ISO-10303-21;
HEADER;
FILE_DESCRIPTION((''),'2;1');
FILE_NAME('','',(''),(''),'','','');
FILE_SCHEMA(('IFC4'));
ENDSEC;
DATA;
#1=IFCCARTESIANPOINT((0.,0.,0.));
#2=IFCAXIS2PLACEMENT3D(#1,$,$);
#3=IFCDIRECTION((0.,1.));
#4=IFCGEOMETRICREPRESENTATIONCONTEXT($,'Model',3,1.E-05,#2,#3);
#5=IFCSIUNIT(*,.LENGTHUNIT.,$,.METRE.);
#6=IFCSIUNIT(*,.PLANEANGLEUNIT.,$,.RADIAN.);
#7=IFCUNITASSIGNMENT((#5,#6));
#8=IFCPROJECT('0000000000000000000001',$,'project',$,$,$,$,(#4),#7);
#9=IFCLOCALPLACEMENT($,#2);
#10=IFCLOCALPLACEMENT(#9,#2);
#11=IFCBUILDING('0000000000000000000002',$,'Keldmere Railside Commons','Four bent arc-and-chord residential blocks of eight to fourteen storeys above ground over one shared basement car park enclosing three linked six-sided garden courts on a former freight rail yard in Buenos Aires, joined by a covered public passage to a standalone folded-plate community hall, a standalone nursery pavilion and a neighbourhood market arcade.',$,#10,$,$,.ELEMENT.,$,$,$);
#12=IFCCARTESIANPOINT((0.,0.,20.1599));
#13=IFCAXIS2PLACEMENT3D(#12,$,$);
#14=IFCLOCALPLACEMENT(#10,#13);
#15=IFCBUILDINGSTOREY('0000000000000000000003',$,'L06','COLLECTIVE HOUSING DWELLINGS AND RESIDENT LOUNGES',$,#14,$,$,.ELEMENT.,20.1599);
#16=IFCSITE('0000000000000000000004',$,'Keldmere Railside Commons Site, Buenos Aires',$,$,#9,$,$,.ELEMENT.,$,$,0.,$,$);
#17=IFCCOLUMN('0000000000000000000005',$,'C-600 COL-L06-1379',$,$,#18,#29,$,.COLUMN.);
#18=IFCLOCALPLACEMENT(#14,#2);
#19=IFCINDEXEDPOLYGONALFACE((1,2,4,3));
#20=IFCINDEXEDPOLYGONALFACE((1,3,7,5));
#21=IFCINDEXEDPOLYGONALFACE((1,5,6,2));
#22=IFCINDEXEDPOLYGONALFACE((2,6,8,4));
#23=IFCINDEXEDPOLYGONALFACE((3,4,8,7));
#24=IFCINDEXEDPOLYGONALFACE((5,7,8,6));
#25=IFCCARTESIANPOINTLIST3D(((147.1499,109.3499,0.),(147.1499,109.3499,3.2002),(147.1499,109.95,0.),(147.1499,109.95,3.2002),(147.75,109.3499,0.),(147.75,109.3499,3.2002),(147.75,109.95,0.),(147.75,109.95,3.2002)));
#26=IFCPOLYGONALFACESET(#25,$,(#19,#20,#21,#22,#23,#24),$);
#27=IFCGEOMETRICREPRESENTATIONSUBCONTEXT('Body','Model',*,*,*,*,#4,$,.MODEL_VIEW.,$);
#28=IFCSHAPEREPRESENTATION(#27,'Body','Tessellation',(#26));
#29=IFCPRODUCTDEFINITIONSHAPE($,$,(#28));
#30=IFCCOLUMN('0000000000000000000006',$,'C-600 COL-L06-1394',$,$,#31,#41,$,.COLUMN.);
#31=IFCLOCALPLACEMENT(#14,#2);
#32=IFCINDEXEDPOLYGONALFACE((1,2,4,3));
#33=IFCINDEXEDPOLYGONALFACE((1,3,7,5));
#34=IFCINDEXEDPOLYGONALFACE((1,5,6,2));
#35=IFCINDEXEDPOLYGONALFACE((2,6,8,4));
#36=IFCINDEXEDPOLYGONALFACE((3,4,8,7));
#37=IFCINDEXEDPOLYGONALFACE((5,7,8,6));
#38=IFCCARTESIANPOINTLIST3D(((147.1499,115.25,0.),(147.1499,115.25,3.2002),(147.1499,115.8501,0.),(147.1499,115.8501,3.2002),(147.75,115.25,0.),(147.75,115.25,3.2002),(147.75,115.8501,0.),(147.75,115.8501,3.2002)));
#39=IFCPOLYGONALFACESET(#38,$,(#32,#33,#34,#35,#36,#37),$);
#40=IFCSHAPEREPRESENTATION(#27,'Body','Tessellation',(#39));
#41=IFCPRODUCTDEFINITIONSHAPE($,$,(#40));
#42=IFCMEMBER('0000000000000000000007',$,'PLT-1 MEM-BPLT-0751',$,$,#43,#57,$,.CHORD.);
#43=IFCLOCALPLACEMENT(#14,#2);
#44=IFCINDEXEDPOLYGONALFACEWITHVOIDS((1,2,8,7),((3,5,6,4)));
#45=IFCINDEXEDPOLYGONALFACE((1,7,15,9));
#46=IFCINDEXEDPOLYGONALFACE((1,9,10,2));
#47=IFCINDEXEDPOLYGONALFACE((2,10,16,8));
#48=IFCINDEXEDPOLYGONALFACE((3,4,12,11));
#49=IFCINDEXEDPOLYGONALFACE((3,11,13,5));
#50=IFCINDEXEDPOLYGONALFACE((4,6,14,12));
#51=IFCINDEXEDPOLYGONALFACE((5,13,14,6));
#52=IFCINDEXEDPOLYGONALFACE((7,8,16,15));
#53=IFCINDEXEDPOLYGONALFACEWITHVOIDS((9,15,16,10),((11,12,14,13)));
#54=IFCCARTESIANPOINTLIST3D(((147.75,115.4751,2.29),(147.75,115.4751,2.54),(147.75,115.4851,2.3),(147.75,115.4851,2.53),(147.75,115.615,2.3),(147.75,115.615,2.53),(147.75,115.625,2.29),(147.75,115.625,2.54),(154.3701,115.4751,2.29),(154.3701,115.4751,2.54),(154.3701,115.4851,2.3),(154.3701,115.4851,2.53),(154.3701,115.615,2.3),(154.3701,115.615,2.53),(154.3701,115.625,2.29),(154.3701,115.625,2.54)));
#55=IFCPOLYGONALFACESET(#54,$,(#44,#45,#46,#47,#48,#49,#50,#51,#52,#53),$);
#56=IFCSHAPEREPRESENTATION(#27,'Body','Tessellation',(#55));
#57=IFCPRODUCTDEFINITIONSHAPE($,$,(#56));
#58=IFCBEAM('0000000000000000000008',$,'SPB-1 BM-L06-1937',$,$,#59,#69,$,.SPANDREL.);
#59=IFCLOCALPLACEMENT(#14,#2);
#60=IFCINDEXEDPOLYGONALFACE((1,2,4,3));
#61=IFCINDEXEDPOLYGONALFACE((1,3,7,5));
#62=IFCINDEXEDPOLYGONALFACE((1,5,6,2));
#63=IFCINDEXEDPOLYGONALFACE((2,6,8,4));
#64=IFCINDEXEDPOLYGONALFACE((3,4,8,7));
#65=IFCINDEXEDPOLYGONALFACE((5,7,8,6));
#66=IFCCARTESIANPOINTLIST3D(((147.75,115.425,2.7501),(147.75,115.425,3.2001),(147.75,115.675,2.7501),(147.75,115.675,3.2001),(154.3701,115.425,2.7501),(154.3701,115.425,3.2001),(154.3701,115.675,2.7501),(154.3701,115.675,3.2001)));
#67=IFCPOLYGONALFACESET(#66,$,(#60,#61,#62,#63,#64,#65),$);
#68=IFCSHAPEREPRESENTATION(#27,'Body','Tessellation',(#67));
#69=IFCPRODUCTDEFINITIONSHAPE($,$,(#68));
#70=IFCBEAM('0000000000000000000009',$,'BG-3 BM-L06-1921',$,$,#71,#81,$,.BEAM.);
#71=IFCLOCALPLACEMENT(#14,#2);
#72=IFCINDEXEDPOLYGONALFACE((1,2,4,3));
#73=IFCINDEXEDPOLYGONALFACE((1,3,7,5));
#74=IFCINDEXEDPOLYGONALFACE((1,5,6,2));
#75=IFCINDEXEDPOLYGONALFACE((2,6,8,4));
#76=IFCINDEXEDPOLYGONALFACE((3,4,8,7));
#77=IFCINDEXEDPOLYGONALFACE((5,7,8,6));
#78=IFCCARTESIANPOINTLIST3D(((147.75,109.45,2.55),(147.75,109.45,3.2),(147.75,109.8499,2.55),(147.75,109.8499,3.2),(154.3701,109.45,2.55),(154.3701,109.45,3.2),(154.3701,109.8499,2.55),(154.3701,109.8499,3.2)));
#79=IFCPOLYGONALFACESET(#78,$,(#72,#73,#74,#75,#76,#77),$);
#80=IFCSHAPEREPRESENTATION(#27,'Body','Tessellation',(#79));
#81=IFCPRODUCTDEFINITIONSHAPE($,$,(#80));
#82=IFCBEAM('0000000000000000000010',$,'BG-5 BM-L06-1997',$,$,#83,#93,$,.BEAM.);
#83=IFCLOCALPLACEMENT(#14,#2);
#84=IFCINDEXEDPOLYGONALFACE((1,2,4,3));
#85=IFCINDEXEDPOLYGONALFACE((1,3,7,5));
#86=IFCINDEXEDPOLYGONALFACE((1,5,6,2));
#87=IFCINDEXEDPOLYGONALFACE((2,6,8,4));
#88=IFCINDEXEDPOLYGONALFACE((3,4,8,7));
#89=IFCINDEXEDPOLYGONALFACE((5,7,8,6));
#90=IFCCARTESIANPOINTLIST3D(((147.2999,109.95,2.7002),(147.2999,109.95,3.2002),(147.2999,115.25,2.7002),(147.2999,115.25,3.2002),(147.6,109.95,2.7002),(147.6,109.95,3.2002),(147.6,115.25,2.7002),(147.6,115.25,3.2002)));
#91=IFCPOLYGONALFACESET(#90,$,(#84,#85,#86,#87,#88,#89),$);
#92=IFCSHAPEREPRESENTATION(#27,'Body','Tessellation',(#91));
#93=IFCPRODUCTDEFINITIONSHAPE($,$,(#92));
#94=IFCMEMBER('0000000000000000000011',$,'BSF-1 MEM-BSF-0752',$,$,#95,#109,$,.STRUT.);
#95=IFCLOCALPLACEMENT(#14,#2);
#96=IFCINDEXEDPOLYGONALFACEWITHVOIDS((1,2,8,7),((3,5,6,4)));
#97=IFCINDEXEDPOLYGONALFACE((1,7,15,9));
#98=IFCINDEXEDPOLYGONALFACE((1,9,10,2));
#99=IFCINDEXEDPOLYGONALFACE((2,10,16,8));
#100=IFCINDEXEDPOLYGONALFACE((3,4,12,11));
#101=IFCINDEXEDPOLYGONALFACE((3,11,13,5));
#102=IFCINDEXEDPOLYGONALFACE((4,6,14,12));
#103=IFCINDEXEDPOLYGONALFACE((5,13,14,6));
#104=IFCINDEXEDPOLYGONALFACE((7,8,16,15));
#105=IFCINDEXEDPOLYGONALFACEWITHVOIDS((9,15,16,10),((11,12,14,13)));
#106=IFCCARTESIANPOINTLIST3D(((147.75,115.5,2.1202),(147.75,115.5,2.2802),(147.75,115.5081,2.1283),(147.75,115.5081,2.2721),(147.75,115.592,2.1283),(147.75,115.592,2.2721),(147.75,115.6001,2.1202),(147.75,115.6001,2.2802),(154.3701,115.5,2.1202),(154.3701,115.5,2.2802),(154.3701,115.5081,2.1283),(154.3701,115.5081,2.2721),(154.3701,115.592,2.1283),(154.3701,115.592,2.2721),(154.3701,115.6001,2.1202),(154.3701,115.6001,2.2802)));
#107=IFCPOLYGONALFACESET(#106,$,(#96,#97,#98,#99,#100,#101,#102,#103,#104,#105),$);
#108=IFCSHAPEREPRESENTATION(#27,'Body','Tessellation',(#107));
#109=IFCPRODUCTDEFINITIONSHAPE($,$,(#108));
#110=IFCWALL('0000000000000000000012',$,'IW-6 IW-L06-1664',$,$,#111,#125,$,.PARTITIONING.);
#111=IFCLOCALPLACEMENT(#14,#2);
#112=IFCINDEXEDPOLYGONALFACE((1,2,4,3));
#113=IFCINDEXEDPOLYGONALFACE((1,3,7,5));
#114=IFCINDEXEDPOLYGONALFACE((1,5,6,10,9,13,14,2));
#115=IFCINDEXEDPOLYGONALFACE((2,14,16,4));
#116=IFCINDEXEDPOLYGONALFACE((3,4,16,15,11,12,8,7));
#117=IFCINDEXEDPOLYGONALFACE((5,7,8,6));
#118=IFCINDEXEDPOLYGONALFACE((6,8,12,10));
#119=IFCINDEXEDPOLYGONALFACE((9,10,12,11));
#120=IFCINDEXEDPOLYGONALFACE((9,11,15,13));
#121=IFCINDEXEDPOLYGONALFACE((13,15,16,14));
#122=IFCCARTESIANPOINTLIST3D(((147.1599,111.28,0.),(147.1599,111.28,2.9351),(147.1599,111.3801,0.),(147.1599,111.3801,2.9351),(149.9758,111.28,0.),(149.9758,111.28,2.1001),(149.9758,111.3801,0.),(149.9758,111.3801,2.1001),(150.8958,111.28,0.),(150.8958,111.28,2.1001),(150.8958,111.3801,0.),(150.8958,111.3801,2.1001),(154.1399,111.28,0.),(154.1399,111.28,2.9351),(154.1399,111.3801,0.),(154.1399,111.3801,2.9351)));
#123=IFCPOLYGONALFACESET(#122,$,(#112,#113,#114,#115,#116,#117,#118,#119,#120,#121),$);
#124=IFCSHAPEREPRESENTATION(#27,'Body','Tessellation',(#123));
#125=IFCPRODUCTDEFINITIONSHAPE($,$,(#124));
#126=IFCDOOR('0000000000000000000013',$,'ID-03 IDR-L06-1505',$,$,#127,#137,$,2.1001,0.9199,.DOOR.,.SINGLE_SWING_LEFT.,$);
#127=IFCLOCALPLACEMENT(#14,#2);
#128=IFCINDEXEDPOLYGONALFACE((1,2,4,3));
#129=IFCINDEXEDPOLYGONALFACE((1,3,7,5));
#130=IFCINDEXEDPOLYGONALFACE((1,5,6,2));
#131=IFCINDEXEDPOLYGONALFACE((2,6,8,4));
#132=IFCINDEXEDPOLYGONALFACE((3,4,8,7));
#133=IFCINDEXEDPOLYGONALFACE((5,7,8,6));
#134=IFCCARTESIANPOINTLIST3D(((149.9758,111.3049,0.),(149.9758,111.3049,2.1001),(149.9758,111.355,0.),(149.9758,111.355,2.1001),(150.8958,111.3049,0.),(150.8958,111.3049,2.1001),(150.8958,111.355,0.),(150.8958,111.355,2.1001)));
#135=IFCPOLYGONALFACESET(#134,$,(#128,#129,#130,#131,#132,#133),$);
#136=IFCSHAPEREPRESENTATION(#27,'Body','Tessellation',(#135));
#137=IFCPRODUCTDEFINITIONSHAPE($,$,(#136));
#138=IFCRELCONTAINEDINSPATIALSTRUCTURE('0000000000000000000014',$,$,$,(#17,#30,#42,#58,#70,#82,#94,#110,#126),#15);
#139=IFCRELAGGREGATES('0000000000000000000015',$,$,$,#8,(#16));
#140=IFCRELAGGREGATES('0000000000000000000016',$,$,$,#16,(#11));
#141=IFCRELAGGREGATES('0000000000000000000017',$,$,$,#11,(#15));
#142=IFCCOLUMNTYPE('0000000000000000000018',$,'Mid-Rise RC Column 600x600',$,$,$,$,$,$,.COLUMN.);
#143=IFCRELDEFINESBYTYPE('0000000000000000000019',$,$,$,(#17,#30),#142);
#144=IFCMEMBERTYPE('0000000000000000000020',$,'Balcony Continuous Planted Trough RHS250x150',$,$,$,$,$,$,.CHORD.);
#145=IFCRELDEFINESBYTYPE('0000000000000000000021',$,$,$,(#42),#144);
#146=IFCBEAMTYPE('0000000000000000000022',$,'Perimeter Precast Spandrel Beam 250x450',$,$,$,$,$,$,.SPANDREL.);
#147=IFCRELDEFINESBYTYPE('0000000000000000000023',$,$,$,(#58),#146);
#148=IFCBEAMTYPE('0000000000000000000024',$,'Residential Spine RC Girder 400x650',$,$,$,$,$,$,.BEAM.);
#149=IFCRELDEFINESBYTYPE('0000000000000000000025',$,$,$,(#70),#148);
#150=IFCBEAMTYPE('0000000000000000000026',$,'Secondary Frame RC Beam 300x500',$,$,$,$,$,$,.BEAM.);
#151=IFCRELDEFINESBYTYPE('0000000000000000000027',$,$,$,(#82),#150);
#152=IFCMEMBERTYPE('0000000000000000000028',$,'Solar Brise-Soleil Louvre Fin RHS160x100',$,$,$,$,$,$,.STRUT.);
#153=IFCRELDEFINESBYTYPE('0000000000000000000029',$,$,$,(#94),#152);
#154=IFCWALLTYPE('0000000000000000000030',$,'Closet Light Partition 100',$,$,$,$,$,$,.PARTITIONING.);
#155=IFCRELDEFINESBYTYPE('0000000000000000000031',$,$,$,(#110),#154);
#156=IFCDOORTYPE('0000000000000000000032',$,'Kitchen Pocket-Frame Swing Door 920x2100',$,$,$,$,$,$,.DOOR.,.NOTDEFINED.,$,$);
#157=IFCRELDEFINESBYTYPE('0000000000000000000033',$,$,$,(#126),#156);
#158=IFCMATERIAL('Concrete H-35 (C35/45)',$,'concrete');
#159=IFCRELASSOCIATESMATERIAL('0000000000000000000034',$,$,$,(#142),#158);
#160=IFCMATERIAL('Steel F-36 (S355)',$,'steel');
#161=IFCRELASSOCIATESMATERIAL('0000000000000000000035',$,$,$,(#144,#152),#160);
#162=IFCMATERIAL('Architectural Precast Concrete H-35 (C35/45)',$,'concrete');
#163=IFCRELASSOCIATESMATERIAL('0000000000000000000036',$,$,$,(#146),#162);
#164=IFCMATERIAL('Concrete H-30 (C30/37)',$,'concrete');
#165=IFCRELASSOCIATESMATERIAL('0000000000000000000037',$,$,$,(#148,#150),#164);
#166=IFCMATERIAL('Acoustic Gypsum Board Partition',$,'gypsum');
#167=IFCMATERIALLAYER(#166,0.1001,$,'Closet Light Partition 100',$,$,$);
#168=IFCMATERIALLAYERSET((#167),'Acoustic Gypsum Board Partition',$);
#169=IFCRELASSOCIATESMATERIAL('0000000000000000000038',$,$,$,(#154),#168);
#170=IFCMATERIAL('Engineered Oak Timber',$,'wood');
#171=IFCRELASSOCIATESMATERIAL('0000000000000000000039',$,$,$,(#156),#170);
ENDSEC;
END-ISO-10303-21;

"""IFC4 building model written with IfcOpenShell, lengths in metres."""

from ifc_helpers import new_model, si_unit, direction, frame, frame_2d, origin, origin_2d, place, context, subcontext, project, spatial, rectangle, hollow_rectangle, extrude, material, layer, layer_set, material_profile, profile_set, type_object, element, fill, save


model = new_model("IFC4")

# Units and contexts
model_context = context("Model", 3, precision=1e-05, world=origin(), true_north=direction((0.0, 1.0)))
body_context = subcontext(model_context, "Body", "Model", "MODEL_VIEW")
ifc_project = project(units=[si_unit("LENGTHUNIT", "METRE"), si_unit("PLANEANGLEUNIT", "RADIAN")], contexts=[model_context])

# Site, building, storey
site_placement = place(None, origin())
site = spatial("IfcSite", under=ifc_project, at=site_placement, Name="Keldmere Railside Commons Site, Buenos Aires", CompositionType="ELEMENT", RefElevation=0.0)
building_placement = place(site_placement, origin())
building = spatial("IfcBuilding", under=site, at=building_placement, Name="Keldmere Railside Commons", Description="Four bent arc-and-chord residential blocks of eight to fourteen storeys above ground over one shared basement car park enclosing three linked six-sided garden courts on a former freight rail yard in Buenos Aires, joined by a covered public passage to a standalone folded-plate community hall, a standalone nursery pavilion and a neighbourhood market arcade.", CompositionType="ELEMENT")
storey_placement = place(building_placement, frame((0.0, 0.0, 20.1599)))
storey = spatial("IfcBuildingStorey", under=building, at=storey_placement, Name="L06", Description="COLLECTIVE HOUSING DWELLINGS AND RESIDENT LOUNGES", CompositionType="ELEMENT", Elevation=20.1599)

# Columns
ifc_material_1 = material(Name="Concrete H-35 (C35/45)", Category="concrete")
ifc_material_profile_1 = material_profile(ifc_material_1, rectangle(XDim=0.6001, YDim=0.6001, at=origin_2d()), Name="RC-600x600")
ifc_profile_set_1 = profile_set([ifc_material_profile_1], Name="Concrete H-35 (C35/45)")
column_type = type_object("IfcColumnType", Name="Mid-Rise RC Column 600x600", PredefinedType="COLUMN", material=ifc_profile_set_1)
for number, where, z_axis, x_axis, name in (
    (1, (147.45, 109.6499, 0.0), (0.0, 0.0, 1.0), (1.0, 0.0, 0.0), "C-600 COL-L06-1379"),
    (2, (147.45, 115.55, 0.0), (0.0, 0.0, 1.0), (1.0, 0.0, 0.0), "C-600 COL-L06-1394"),
):
    element("IfcColumn", number, at=place(storey_placement, frame(where, z_axis=z_axis, x_axis=x_axis)), inside=storey, type_object=column_type, Name=name, PredefinedType="COLUMN", context=body_context, shape_type="SweptSolid", body=[
        extrude(rectangle(XDim=0.6001, YDim=0.6001, at=origin_2d()), origin(), (0.0, 0.0, 1.0), 3.2002),
    ])

# Member
ifc_material_2 = material(Name="Steel F-36 (S355)", Category="steel")
ifc_material_profile_2 = material_profile(ifc_material_2, hollow_rectangle(XDim=0.1499, YDim=0.25, WallThickness=0.01, at=origin_2d()), Name="RHS-250x150x10")
ifc_profile_set_2 = profile_set([ifc_material_profile_2], Name="Steel F-36 (S355)")
member_type_1 = type_object("IfcMemberType", Name="Balcony Continuous Planted Trough RHS250x150", PredefinedType="CHORD", material=ifc_profile_set_2)
member_1_placement = place(storey_placement, frame((147.75, 115.55, 2.415), z_axis=(1.0, 0.0, 0.0), x_axis=(0.0, 1.0, 0.0)))
element("IfcMember", 3, at=member_1_placement, inside=storey, type_object=member_type_1, Name="PLT-1 MEM-BPLT-0751", PredefinedType="CHORD", context=body_context, shape_type="SweptSolid", body=[
    extrude(hollow_rectangle(XDim=0.1499, YDim=0.25, WallThickness=0.01, at=origin_2d()), origin(), (0.0, 0.0, 1.0), 6.6201),
])

# Beams
ifc_material_3 = material(Name="Architectural Precast Concrete H-35 (C35/45)", Category="concrete")
ifc_material_profile_3 = material_profile(ifc_material_3, rectangle(XDim=0.25, YDim=0.45, at=origin_2d()), Name="RC-250x450")
ifc_profile_set_3 = profile_set([ifc_material_profile_3], Name="Architectural Precast Concrete H-35 (C35/45)")
beam_type_1 = type_object("IfcBeamType", Name="Perimeter Precast Spandrel Beam 250x450", PredefinedType="SPANDREL", material=ifc_profile_set_3)
beam_1_placement = place(storey_placement, frame((147.75, 115.55, 2.9751), z_axis=(1.0, 0.0, 0.0), x_axis=(0.0, 1.0, 0.0)))
element("IfcBeam", 4, at=beam_1_placement, inside=storey, type_object=beam_type_1, Name="SPB-1 BM-L06-1937", PredefinedType="SPANDREL", context=body_context, shape_type="SweptSolid", body=[
    extrude(rectangle(XDim=0.25, YDim=0.45, at=origin_2d()), origin(), (0.0, 0.0, 1.0), 6.6201),
])
ifc_material_4 = material(Name="Concrete H-30 (C30/37)", Category="concrete")
ifc_material_profile_4 = material_profile(ifc_material_4, rectangle(XDim=0.3999, YDim=0.6499, at=origin_2d()), Name="RC-400x650")
ifc_profile_set_4 = profile_set([ifc_material_profile_4], Name="Concrete H-30 (C30/37)")
beam_type_2 = type_object("IfcBeamType", Name="Residential Spine RC Girder 400x650", PredefinedType="BEAM", material=ifc_profile_set_4)
beam_2_placement = place(storey_placement, frame((147.75, 109.6499, 2.875), z_axis=(1.0, 0.0, 0.0), x_axis=(0.0, 1.0, 0.0)))
element("IfcBeam", 5, at=beam_2_placement, inside=storey, type_object=beam_type_2, Name="BG-3 BM-L06-1921", PredefinedType="BEAM", context=body_context, shape_type="SweptSolid", body=[
    extrude(rectangle(XDim=0.3999, YDim=0.6499, at=origin_2d()), origin(), (0.0, 0.0, 1.0), 6.6201),
])
ifc_material_profile_5 = material_profile(ifc_material_4, rectangle(XDim=0.3, YDim=0.5, at=origin_2d()), Name="RC-300x500")
ifc_profile_set_5 = profile_set([ifc_material_profile_5], Name="Concrete H-30 (C30/37)")
beam_type_3 = type_object("IfcBeamType", Name="Secondary Frame RC Beam 300x500", PredefinedType="BEAM", material=ifc_profile_set_5)
beam_3_placement = place(storey_placement, frame((147.45, 109.95, 2.9502), z_axis=(0.0, 1.0, 0.0), x_axis=(-1.0, 0.0, 0.0)))
element("IfcBeam", 6, at=beam_3_placement, inside=storey, type_object=beam_type_3, Name="BG-5 BM-L06-1997", PredefinedType="BEAM", context=body_context, shape_type="SweptSolid", body=[
    extrude(rectangle(XDim=0.3, YDim=0.5, at=origin_2d()), origin(), (0.0, 0.0, 1.0), 5.3),
])

# Member
ifc_material_profile_6 = material_profile(ifc_material_2, hollow_rectangle(XDim=0.1001, YDim=0.1599, WallThickness=0.0081, at=origin_2d()), Name="RHS-160x100x8")
ifc_profile_set_6 = profile_set([ifc_material_profile_6], Name="Steel F-36 (S355)")
member_type_2 = type_object("IfcMemberType", Name="Solar Brise-Soleil Louvre Fin RHS160x100", PredefinedType="STRUT", material=ifc_profile_set_6)
member_2_placement = place(storey_placement, frame((147.75, 115.55, 2.2002), z_axis=(1.0, 0.0, 0.0), x_axis=(0.0, 1.0, 0.0)))
element("IfcMember", 7, at=member_2_placement, inside=storey, type_object=member_type_2, Name="BSF-1 MEM-BSF-0752", PredefinedType="STRUT", context=body_context, shape_type="SweptSolid", body=[
    extrude(hollow_rectangle(XDim=0.1001, YDim=0.1599, WallThickness=0.0081, at=origin_2d()), origin(), (0.0, 0.0, 1.0), 6.6201),
])

# Wall, opening, door
ifc_material_5 = material(Name="Acoustic Gypsum Board Partition", Category="gypsum")
ifc_layer_1 = layer(ifc_material_5, 0.1001, Name="Closet Light Partition 100")
ifc_layer_set_1 = layer_set([ifc_layer_1], Name="Acoustic Gypsum Board Partition")
wall_type_1 = type_object("IfcWallType", Name="Closet Light Partition 100", PredefinedType="PARTITIONING", material=ifc_layer_set_1)
wall_1_placement = place(storey_placement, frame((147.1599, 111.3301, 0.0), z_axis=(0.0, 0.0, 1.0), x_axis=(1.0, 0.0, 0.0)))
wall_1 = element("IfcWall", 8, at=wall_1_placement, inside=storey, type_object=wall_type_1, Name="IW-6 IW-L06-1664", PredefinedType="PARTITIONING", context=body_context, shape_type="SweptSolid", body=[
    extrude(rectangle(XDim=6.98, YDim=0.1001, at=frame_2d((3.49, 0.0))), origin(), (0.0, 0.0, 1.0), 2.9351),
])
opening_1_placement = place(wall_1_placement, frame((2.8159, 0.0, 0.0)))
opening_1 = element("IfcOpeningElement", 9, at=opening_1_placement, cuts=wall_1, PredefinedType="OPENING", context=body_context, shape_type="SweptSolid", body=[
    extrude(rectangle(XDim=0.9199, YDim=2.1001, at=frame_2d((0.46, 1.05))), frame((0.0, 0.0601, 0.0), z_axis=(0.0, -1.0, 0.0), x_axis=(1.0, 0.0, 0.0)), (0.0, 0.0, 1.0), 0.1201),
])
ifc_material_6 = material(Name="Engineered Oak Timber", Category="wood")
door_type_1 = type_object("IfcDoorType", Name="Kitchen Pocket-Frame Swing Door 920x2100", OperationType="NOTDEFINED", PredefinedType="DOOR", material=ifc_material_6)
door_1_placement = place(opening_1_placement, origin())
door_1 = element("IfcDoor", 10, at=door_1_placement, inside=storey, type_object=door_type_1, Name="ID-03 IDR-L06-1505", OperationType="SINGLE_SWING_LEFT", OverallHeight=2.1001, OverallWidth=0.9199, PredefinedType="DOOR", context=body_context, shape_type="SweptSolid", body=[
    extrude(rectangle(XDim=0.9199, YDim=2.1001, at=frame_2d((0.46, 1.05))), frame((0.0, 0.0249, 0.0), z_axis=(0.0, -1.0, 0.0), x_axis=(1.0, 0.0, 0.0)), (0.0, 0.0, 1.0), 0.05),
])
fill(opening_1, door_1)

save(model, "model.ifc")
